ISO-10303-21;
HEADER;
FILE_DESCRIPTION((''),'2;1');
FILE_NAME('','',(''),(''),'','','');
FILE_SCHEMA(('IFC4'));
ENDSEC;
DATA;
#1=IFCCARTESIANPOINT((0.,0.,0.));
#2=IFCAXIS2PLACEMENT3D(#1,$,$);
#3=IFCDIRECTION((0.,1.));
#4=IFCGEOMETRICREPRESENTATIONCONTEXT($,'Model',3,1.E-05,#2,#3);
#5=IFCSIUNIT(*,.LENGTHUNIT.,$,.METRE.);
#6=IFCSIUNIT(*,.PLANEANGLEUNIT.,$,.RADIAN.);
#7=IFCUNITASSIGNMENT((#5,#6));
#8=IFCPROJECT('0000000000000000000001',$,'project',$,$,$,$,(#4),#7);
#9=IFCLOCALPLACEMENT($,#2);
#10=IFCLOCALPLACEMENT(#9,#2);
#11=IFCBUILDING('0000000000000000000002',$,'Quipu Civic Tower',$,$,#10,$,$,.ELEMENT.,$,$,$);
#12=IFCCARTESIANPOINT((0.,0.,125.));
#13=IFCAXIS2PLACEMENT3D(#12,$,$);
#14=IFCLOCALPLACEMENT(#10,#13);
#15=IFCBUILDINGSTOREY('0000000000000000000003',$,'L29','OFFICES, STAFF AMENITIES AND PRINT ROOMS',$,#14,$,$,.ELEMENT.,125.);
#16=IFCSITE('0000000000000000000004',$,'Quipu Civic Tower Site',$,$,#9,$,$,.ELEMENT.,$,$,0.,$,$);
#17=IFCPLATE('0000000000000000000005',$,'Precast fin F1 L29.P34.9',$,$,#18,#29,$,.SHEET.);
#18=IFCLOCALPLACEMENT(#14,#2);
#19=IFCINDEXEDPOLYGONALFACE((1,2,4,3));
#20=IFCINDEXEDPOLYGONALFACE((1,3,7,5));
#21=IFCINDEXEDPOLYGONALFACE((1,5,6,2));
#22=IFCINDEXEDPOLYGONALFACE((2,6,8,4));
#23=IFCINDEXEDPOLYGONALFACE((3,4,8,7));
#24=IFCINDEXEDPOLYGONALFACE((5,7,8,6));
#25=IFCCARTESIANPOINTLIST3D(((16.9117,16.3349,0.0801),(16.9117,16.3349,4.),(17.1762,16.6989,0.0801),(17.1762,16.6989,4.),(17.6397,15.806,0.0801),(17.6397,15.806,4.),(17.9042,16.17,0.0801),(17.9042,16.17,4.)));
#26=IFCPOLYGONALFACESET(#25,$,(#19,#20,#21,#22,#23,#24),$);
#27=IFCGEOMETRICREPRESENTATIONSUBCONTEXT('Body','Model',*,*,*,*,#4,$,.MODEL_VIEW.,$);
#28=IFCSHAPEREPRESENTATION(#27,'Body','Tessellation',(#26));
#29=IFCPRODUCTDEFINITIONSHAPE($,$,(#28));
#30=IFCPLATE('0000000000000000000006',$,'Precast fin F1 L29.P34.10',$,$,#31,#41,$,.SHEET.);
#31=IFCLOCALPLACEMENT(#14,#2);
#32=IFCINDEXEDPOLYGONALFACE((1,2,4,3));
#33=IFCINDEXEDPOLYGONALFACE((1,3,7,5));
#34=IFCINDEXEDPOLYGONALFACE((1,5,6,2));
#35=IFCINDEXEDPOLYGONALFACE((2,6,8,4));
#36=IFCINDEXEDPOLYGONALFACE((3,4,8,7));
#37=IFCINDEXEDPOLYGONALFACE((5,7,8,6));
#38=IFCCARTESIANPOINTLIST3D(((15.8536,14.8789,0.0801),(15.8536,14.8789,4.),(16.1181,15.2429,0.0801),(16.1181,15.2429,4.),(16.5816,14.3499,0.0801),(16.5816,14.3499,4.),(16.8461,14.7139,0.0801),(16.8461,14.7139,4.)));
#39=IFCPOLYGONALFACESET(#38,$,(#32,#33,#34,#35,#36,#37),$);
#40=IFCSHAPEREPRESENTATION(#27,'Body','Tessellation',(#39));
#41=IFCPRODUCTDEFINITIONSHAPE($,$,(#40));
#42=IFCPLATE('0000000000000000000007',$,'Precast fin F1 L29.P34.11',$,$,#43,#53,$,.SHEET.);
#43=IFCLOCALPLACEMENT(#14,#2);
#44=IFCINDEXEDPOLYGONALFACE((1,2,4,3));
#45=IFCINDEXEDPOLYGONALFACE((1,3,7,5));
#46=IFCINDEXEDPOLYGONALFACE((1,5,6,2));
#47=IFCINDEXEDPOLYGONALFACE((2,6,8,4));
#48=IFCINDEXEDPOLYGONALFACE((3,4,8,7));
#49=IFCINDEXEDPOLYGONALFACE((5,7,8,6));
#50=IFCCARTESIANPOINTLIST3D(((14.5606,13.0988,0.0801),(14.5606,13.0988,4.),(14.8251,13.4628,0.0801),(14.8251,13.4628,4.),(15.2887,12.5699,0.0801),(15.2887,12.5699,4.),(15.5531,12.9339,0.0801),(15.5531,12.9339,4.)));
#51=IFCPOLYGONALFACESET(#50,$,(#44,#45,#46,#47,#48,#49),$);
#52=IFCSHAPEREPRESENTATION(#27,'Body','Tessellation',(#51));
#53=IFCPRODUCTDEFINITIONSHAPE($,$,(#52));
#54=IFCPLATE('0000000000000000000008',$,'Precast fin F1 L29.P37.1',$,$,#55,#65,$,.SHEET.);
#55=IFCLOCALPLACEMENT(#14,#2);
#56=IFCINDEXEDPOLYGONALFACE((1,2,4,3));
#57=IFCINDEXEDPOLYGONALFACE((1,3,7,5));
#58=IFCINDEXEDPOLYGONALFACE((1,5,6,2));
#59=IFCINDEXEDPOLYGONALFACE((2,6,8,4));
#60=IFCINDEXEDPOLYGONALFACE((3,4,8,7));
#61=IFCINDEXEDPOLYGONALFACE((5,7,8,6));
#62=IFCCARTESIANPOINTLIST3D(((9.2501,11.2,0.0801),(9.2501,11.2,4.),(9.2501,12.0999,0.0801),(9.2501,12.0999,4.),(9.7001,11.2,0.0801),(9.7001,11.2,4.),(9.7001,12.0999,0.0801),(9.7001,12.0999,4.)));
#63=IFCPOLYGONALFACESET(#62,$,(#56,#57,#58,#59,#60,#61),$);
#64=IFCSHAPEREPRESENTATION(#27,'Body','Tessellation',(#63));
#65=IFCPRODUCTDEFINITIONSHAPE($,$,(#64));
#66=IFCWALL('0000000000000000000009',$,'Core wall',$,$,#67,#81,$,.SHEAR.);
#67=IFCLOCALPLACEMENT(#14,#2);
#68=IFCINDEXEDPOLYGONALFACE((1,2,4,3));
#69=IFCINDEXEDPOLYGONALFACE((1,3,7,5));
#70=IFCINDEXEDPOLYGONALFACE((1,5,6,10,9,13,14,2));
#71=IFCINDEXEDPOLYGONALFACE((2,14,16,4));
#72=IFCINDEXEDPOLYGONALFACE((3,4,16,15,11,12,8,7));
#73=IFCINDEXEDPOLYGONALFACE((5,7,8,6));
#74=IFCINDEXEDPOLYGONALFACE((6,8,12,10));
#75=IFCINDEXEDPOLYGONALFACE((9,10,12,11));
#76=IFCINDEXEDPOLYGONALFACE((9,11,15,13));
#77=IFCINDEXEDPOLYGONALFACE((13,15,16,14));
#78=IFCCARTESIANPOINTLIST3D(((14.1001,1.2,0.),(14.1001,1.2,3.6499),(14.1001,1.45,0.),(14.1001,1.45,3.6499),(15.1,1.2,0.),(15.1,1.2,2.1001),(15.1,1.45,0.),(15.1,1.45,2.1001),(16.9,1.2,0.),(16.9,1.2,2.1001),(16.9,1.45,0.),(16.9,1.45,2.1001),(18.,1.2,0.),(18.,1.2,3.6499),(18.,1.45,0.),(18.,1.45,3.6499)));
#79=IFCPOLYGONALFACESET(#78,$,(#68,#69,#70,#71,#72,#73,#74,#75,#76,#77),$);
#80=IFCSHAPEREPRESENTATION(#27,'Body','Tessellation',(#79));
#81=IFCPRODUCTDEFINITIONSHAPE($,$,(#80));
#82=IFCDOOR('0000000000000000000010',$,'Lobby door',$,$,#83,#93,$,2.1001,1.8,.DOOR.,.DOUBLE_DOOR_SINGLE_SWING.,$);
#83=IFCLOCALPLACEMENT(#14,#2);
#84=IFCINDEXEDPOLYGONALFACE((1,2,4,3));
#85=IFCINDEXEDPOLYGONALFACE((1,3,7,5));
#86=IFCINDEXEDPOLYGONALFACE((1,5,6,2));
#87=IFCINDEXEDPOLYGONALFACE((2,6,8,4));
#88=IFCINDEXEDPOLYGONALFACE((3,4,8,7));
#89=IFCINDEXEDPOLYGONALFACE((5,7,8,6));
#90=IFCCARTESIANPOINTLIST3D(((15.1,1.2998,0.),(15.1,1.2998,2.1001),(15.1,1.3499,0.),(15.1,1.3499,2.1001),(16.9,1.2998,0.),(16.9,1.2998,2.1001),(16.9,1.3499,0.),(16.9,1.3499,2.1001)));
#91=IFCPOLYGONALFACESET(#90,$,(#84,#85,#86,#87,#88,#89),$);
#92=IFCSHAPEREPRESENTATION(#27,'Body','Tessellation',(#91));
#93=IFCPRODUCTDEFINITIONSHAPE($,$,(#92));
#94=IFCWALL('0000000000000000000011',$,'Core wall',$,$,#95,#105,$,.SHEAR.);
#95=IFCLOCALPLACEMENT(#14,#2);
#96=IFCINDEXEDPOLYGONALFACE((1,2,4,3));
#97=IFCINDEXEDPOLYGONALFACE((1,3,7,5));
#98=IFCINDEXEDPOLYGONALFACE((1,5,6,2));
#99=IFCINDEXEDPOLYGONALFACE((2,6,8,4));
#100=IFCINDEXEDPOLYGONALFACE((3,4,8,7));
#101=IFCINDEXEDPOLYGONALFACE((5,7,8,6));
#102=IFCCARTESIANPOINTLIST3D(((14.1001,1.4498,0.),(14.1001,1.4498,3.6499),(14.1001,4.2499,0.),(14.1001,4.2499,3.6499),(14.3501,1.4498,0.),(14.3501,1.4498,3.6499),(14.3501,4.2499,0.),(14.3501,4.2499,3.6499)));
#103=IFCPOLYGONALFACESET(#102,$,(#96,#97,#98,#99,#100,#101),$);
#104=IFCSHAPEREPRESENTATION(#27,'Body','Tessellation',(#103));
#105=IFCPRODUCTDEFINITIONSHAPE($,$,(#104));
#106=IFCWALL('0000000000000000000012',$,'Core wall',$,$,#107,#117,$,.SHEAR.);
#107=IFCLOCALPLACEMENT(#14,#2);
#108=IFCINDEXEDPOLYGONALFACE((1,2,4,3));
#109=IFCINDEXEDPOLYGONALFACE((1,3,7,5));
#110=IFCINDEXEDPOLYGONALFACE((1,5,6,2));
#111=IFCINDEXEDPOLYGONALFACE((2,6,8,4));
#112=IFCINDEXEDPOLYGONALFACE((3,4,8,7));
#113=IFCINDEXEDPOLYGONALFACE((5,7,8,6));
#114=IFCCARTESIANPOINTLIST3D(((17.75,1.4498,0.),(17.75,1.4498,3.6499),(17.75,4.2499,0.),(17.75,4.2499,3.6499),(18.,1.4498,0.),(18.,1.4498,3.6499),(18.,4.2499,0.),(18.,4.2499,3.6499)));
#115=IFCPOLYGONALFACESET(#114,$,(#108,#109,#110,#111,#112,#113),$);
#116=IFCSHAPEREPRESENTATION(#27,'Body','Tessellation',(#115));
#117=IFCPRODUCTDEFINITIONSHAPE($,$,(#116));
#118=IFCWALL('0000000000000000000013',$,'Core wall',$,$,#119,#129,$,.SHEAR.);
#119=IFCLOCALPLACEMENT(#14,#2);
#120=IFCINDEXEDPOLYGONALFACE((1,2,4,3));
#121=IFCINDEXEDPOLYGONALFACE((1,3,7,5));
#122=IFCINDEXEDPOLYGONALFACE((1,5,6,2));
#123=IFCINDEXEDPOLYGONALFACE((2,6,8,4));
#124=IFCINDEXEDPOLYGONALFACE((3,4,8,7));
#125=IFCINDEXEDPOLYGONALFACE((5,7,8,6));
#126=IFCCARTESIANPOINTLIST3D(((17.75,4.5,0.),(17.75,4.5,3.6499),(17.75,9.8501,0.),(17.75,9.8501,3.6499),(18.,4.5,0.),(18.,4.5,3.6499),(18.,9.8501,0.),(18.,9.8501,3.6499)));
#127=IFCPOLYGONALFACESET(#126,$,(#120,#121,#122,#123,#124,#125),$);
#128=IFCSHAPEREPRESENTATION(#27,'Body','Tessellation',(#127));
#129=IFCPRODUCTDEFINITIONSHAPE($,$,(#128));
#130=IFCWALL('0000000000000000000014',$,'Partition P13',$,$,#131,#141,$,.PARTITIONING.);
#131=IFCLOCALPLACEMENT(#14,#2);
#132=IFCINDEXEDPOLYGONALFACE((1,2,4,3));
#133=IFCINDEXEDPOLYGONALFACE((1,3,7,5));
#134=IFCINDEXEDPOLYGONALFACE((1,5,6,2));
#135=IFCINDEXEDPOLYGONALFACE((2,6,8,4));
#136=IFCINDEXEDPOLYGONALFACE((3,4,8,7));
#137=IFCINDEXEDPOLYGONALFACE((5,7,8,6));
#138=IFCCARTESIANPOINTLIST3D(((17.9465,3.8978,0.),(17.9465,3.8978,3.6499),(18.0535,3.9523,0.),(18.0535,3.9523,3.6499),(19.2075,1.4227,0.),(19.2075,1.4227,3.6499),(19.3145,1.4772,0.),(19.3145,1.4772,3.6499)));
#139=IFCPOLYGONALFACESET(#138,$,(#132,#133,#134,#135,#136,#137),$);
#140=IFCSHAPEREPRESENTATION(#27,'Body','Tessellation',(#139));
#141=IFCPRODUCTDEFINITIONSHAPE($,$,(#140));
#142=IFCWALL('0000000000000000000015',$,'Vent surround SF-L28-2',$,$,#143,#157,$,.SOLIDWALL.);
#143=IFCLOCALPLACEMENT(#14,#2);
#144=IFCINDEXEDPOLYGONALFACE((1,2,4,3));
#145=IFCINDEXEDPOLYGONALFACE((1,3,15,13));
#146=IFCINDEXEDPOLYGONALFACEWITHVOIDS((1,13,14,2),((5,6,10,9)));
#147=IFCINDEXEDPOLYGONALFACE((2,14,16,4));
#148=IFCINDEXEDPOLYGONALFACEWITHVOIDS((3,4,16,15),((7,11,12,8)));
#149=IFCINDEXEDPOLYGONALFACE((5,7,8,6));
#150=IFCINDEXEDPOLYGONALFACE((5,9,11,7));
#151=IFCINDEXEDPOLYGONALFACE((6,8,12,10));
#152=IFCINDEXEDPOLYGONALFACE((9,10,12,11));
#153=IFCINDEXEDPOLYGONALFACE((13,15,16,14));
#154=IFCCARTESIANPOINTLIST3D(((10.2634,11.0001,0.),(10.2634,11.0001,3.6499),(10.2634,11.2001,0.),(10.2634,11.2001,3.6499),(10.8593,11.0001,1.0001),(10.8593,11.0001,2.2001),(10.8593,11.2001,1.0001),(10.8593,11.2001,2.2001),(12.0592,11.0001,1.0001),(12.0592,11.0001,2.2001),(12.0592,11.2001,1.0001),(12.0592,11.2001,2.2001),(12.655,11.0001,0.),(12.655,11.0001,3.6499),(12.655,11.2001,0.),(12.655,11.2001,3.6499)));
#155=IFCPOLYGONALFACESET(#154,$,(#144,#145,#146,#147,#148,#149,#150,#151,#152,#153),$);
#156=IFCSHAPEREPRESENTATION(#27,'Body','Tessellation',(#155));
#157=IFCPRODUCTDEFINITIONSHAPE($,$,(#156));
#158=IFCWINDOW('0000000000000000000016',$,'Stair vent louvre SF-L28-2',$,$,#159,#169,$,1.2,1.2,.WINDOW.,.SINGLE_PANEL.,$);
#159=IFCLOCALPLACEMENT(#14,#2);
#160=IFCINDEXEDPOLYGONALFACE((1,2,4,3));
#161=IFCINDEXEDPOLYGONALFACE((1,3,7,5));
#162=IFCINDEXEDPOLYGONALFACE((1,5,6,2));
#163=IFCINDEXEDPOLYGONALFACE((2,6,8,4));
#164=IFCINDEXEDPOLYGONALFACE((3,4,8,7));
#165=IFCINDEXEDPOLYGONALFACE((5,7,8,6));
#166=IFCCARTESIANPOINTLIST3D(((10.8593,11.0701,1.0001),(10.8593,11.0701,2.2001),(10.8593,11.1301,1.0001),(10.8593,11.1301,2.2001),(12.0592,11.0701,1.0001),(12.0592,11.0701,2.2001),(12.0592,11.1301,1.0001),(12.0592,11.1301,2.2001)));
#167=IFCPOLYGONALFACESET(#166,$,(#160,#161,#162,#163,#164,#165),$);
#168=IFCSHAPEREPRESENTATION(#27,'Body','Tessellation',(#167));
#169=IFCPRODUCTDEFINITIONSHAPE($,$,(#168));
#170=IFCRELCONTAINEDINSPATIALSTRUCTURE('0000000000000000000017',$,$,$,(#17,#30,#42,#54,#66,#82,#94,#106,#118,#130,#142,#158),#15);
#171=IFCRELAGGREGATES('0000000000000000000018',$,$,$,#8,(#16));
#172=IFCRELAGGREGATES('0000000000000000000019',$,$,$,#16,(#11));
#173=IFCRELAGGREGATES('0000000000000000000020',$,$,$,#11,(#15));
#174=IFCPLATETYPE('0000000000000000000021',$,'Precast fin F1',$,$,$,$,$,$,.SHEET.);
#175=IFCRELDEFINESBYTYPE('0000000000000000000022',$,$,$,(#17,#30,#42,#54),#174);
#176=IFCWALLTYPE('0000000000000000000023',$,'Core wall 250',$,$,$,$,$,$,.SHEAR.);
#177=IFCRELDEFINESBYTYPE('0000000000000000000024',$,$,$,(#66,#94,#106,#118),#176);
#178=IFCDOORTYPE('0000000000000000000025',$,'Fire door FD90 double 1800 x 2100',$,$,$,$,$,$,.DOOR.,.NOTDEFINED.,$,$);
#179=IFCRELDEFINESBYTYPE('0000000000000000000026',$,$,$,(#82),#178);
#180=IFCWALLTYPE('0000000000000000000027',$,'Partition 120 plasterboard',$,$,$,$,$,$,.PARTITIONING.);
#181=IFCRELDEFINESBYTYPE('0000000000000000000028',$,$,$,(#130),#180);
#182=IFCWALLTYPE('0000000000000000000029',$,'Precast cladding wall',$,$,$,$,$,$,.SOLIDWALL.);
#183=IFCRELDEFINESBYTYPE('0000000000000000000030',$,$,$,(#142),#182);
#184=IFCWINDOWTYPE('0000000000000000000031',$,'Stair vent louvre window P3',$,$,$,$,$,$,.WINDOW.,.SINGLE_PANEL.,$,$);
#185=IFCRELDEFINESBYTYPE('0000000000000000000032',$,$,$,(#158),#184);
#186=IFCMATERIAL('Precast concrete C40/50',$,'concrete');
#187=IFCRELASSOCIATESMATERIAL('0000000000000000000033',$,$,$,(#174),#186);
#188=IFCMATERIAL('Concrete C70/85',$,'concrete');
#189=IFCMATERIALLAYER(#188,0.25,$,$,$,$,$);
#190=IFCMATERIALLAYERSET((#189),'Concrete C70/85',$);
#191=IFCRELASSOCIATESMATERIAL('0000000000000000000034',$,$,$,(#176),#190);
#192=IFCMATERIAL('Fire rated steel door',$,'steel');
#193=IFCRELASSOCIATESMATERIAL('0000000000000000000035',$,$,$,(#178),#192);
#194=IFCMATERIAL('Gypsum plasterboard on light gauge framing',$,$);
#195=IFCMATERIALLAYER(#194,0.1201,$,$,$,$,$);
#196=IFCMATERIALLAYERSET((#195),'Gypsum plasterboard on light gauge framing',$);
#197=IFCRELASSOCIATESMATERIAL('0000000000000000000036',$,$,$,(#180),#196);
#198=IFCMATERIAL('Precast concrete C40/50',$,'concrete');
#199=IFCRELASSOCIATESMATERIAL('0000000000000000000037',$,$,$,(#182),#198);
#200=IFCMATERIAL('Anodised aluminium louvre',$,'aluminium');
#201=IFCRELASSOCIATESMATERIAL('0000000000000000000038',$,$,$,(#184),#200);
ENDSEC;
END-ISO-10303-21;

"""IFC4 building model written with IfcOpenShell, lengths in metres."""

from ifc_helpers import new_model, si_unit, direction, frame, frame_2d, origin, origin_2d, place, context, subcontext, project, spatial, rectangle, extrude, material, layer, layer_set, type_object, element, fill, save


model = new_model("IFC4")

# Units and contexts
model_context = context("Model", 3, precision=1e-05, world=origin(), true_north=direction((0.0, 1.0)))
body_context = subcontext(model_context, "Body", "Model", "MODEL_VIEW")
ifc_project = project(units=[si_unit("LENGTHUNIT", "METRE"), si_unit("PLANEANGLEUNIT", "RADIAN")], contexts=[model_context])

# Site, building, storey
site_placement = place(None, origin())
site = spatial("IfcSite", under=ifc_project, at=site_placement, Name="Quipu Civic Tower Site", CompositionType="ELEMENT", RefElevation=0.0)
building_placement = place(site_placement, origin())
building = spatial("IfcBuilding", under=site, at=building_placement, Name="Quipu Civic Tower", CompositionType="ELEMENT")
storey_placement = place(building_placement, frame((0.0, 0.0, 125.0)))
storey = spatial("IfcBuildingStorey", under=building, at=storey_placement, Name="L29", Description="OFFICES, STAFF AMENITIES AND PRINT ROOMS", CompositionType="ELEMENT", Elevation=125.0)

# Plates
ifc_material_1 = material(Name="Precast concrete C40/50", Category="concrete")
plate_type_1 = type_object("IfcPlateType", Name="Precast fin F1", PredefinedType="SHEET", material=ifc_material_1)
for number, where, z_axis, x_axis, name in (
    (1, (17.408, 16.2524, 0.0801), (0.0, 0.0, 1.0), (-0.587787, -0.809016, 0.0), "Precast fin F1 L29.P34.9"),
    (2, (16.3499, 14.7964, 0.0801), (0.0, 0.0, 1.0), (-0.587787, -0.809016, 0.0), "Precast fin F1 L29.P34.10"),
    (3, (15.0569, 13.0164, 0.0801), (0.0, 0.0, 1.0), (-0.587787, -0.809016, 0.0), "Precast fin F1 L29.P34.11"),
    (4, (9.4751, 11.6499, 0.0801), (0.0, 0.0, 1.0), (-1.0, 0.0, 0.0), "Precast fin F1 L29.P37.1"),
):
    element("IfcPlate", number, at=place(storey_placement, frame(where, z_axis=z_axis, x_axis=x_axis)), inside=storey, type_object=plate_type_1, Name=name, PredefinedType="SHEET", context=body_context, shape_type="SweptSolid", body=[
        extrude(rectangle(XDim=0.45, YDim=0.8999, at=origin_2d()), origin(), (0.0, 0.0, 1.0), 3.9199),
    ])

# Wall, opening, door
ifc_material_2 = material(Name="Concrete C70/85", Category="concrete")
ifc_layer_1 = layer(ifc_material_2, 0.25)
ifc_layer_set_1 = layer_set([ifc_layer_1], Name="Concrete C70/85")
wall_type_1 = type_object("IfcWallType", Name="Core wall 250", PredefinedType="SHEAR", material=ifc_layer_set_1)
wall_1_placement = place(storey_placement, frame((14.1001, 1.325, 0.0), z_axis=(0.0, 0.0, 1.0), x_axis=(1.0, 0.0, 0.0)))
wall_1 = element("IfcWall", 5, at=wall_1_placement, inside=storey, type_object=wall_type_1, Name="Core wall", PredefinedType="SHEAR", context=body_context, shape_type="SweptSolid", body=[
    extrude(rectangle(XDim=3.8999, YDim=0.25, at=frame_2d((1.95, 0.0))), origin(), (0.0, 0.0, 1.0), 3.6499),
])
opening_1_placement = place(wall_1_placement, frame((1.0, 0.0, 0.0)))
opening_1 = element("IfcOpeningElement", 6, at=opening_1_placement, cuts=wall_1, PredefinedType="OPENING", context=body_context, shape_type="SweptSolid", body=[
    extrude(rectangle(XDim=1.8, YDim=2.1001, at=frame_2d((0.8999, 1.05))), frame((0.0, 0.135, 0.0), z_axis=(0.0, -1.0, 0.0), x_axis=(1.0, 0.0, 0.0)), (0.0, 0.0, 1.0), 0.27),
])
ifc_material_3 = material(Name="Fire rated steel door", Category="steel")
door_type = type_object("IfcDoorType", Name="Fire door FD90 double 1800 x 2100", OperationType="NOTDEFINED", PredefinedType="DOOR", material=ifc_material_3)
door_placement = place(opening_1_placement, origin())
door = element("IfcDoor", 7, at=door_placement, inside=storey, type_object=door_type, Name="Lobby door", OperationType="DOUBLE_DOOR_SINGLE_SWING", OverallHeight=2.1001, OverallWidth=1.8, PredefinedType="DOOR", context=body_context, shape_type="SweptSolid", body=[
    extrude(rectangle(XDim=1.8, YDim=2.1001, at=frame_2d((0.8999, 1.05))), frame((0.0, 0.0249, 0.0), z_axis=(0.0, -1.0, 0.0), x_axis=(1.0, 0.0, 0.0)), (0.0, 0.0, 1.0), 0.05),
])
fill(opening_1, door)

# Walls
for number, where, z_axis, x_axis, name in (
    (8, (14.2251, 1.45, 0.0), (0.0, 0.0, 1.0), (0.0, 1.0, 0.0), "Core wall"),
    (9, (17.875, 1.45, 0.0), (0.0, 0.0, 1.0), (0.0, 1.0, 0.0), "Core wall"),
):
    element("IfcWall", number, at=place(storey_placement, frame(where, z_axis=z_axis, x_axis=x_axis)), inside=storey, type_object=wall_type_1, Name=name, PredefinedType="SHEAR", context=body_context, shape_type="SweptSolid", body=[
        extrude(rectangle(XDim=2.8, YDim=0.25, at=frame_2d((1.3999, 0.0))), origin(), (0.0, 0.0, 1.0), 3.6499),
    ])
wall_2_placement = place(storey_placement, frame((17.875, 4.5, 0.0), z_axis=(0.0, 0.0, 1.0), x_axis=(0.0, 1.0, 0.0)))
element("IfcWall", 10, at=wall_2_placement, inside=storey, type_object=wall_type_1, Name="Core wall", PredefinedType="SHEAR", context=body_context, shape_type="SweptSolid", body=[
    extrude(rectangle(XDim=5.3501, YDim=0.25, at=frame_2d((2.675, 0.0))), origin(), (0.0, 0.0, 1.0), 3.6499),
])
ifc_material_4 = material(Name="Gypsum plasterboard on light gauge framing")
ifc_layer_2 = layer(ifc_material_4, 0.1201)
ifc_layer_set_2 = layer_set([ifc_layer_2], Name="Gypsum plasterboard on light gauge framing")
wall_type_2 = type_object("IfcWallType", Name="Partition 120 plasterboard", PredefinedType="PARTITIONING", material=ifc_layer_set_2)
wall_3_placement = place(storey_placement, frame((18.0, 3.925, 0.0), z_axis=(0.0, 0.0, 1.0), x_axis=(0.453951, -0.891027, 0.0)))
element("IfcWall", 11, at=wall_3_placement, inside=storey, type_object=wall_type_2, Name="Partition P13", PredefinedType="PARTITIONING", context=body_context, shape_type="SweptSolid", body=[
    extrude(rectangle(XDim=2.7778, YDim=0.1201, at=frame_2d((1.3889, 0.0))), origin(), (0.0, 0.0, 1.0), 3.6499),
])

# Wall, opening, window
ifc_material_5 = material(Name="Precast concrete C40/50", Category="concrete")
wall_type_3 = type_object("IfcWallType", Name="Precast cladding wall", PredefinedType="SOLIDWALL", material=ifc_material_5)
wall_4_placement = place(storey_placement, frame((12.655, 11.1001, 0.0), z_axis=(0.0, 0.0, 1.0), x_axis=(-1.0, 0.0, 0.0)))
wall_4 = element("IfcWall", 12, at=wall_4_placement, inside=storey, type_object=wall_type_3, Name="Vent surround SF-L28-2", PredefinedType="SOLIDWALL", context=body_context, shape_type="SweptSolid", body=[
    extrude(rectangle(XDim=2.3916, YDim=0.2, at=frame_2d((1.1958, 0.0))), origin(), (0.0, 0.0, 1.0), 3.6499),
])
opening_2_placement = place(wall_4_placement, frame((0.5957, 0.0, 1.0)))
opening_2 = element("IfcOpeningElement", 13, at=opening_2_placement, cuts=wall_4, PredefinedType="OPENING", context=body_context, shape_type="SweptSolid", body=[
    extrude(rectangle(XDim=1.2, YDim=1.2, at=frame_2d((0.6001, 0.6001))), frame((0.0, 0.1099, 0.0), z_axis=(0.0, -1.0, 0.0), x_axis=(1.0, 0.0, 0.0)), (0.0, 0.0, 1.0), 0.22),
])
ifc_material_6 = material(Name="Anodised aluminium louvre", Category="aluminium")
window_type = type_object("IfcWindowType", Name="Stair vent louvre window P3", PartitioningType="SINGLE_PANEL", PredefinedType="WINDOW", material=ifc_material_6)
window_placement = place(opening_2_placement, origin())
window = element("IfcWindow", 14, at=window_placement, inside=storey, type_object=window_type, Name="Stair vent louvre SF-L28-2", OverallHeight=1.2, OverallWidth=1.2, PartitioningType="SINGLE_PANEL", PredefinedType="WINDOW", context=body_context, shape_type="SweptSolid", body=[
    extrude(rectangle(XDim=1.2, YDim=1.2, at=frame_2d((0.6001, 0.6001))), frame((0.0, 0.03, 0.0), z_axis=(0.0, -1.0, 0.0), x_axis=(1.0, 0.0, 0.0)), (0.0, 0.0, 1.0), 0.0601),
])
fill(opening_2, window)

save(model, "model.ifc")
